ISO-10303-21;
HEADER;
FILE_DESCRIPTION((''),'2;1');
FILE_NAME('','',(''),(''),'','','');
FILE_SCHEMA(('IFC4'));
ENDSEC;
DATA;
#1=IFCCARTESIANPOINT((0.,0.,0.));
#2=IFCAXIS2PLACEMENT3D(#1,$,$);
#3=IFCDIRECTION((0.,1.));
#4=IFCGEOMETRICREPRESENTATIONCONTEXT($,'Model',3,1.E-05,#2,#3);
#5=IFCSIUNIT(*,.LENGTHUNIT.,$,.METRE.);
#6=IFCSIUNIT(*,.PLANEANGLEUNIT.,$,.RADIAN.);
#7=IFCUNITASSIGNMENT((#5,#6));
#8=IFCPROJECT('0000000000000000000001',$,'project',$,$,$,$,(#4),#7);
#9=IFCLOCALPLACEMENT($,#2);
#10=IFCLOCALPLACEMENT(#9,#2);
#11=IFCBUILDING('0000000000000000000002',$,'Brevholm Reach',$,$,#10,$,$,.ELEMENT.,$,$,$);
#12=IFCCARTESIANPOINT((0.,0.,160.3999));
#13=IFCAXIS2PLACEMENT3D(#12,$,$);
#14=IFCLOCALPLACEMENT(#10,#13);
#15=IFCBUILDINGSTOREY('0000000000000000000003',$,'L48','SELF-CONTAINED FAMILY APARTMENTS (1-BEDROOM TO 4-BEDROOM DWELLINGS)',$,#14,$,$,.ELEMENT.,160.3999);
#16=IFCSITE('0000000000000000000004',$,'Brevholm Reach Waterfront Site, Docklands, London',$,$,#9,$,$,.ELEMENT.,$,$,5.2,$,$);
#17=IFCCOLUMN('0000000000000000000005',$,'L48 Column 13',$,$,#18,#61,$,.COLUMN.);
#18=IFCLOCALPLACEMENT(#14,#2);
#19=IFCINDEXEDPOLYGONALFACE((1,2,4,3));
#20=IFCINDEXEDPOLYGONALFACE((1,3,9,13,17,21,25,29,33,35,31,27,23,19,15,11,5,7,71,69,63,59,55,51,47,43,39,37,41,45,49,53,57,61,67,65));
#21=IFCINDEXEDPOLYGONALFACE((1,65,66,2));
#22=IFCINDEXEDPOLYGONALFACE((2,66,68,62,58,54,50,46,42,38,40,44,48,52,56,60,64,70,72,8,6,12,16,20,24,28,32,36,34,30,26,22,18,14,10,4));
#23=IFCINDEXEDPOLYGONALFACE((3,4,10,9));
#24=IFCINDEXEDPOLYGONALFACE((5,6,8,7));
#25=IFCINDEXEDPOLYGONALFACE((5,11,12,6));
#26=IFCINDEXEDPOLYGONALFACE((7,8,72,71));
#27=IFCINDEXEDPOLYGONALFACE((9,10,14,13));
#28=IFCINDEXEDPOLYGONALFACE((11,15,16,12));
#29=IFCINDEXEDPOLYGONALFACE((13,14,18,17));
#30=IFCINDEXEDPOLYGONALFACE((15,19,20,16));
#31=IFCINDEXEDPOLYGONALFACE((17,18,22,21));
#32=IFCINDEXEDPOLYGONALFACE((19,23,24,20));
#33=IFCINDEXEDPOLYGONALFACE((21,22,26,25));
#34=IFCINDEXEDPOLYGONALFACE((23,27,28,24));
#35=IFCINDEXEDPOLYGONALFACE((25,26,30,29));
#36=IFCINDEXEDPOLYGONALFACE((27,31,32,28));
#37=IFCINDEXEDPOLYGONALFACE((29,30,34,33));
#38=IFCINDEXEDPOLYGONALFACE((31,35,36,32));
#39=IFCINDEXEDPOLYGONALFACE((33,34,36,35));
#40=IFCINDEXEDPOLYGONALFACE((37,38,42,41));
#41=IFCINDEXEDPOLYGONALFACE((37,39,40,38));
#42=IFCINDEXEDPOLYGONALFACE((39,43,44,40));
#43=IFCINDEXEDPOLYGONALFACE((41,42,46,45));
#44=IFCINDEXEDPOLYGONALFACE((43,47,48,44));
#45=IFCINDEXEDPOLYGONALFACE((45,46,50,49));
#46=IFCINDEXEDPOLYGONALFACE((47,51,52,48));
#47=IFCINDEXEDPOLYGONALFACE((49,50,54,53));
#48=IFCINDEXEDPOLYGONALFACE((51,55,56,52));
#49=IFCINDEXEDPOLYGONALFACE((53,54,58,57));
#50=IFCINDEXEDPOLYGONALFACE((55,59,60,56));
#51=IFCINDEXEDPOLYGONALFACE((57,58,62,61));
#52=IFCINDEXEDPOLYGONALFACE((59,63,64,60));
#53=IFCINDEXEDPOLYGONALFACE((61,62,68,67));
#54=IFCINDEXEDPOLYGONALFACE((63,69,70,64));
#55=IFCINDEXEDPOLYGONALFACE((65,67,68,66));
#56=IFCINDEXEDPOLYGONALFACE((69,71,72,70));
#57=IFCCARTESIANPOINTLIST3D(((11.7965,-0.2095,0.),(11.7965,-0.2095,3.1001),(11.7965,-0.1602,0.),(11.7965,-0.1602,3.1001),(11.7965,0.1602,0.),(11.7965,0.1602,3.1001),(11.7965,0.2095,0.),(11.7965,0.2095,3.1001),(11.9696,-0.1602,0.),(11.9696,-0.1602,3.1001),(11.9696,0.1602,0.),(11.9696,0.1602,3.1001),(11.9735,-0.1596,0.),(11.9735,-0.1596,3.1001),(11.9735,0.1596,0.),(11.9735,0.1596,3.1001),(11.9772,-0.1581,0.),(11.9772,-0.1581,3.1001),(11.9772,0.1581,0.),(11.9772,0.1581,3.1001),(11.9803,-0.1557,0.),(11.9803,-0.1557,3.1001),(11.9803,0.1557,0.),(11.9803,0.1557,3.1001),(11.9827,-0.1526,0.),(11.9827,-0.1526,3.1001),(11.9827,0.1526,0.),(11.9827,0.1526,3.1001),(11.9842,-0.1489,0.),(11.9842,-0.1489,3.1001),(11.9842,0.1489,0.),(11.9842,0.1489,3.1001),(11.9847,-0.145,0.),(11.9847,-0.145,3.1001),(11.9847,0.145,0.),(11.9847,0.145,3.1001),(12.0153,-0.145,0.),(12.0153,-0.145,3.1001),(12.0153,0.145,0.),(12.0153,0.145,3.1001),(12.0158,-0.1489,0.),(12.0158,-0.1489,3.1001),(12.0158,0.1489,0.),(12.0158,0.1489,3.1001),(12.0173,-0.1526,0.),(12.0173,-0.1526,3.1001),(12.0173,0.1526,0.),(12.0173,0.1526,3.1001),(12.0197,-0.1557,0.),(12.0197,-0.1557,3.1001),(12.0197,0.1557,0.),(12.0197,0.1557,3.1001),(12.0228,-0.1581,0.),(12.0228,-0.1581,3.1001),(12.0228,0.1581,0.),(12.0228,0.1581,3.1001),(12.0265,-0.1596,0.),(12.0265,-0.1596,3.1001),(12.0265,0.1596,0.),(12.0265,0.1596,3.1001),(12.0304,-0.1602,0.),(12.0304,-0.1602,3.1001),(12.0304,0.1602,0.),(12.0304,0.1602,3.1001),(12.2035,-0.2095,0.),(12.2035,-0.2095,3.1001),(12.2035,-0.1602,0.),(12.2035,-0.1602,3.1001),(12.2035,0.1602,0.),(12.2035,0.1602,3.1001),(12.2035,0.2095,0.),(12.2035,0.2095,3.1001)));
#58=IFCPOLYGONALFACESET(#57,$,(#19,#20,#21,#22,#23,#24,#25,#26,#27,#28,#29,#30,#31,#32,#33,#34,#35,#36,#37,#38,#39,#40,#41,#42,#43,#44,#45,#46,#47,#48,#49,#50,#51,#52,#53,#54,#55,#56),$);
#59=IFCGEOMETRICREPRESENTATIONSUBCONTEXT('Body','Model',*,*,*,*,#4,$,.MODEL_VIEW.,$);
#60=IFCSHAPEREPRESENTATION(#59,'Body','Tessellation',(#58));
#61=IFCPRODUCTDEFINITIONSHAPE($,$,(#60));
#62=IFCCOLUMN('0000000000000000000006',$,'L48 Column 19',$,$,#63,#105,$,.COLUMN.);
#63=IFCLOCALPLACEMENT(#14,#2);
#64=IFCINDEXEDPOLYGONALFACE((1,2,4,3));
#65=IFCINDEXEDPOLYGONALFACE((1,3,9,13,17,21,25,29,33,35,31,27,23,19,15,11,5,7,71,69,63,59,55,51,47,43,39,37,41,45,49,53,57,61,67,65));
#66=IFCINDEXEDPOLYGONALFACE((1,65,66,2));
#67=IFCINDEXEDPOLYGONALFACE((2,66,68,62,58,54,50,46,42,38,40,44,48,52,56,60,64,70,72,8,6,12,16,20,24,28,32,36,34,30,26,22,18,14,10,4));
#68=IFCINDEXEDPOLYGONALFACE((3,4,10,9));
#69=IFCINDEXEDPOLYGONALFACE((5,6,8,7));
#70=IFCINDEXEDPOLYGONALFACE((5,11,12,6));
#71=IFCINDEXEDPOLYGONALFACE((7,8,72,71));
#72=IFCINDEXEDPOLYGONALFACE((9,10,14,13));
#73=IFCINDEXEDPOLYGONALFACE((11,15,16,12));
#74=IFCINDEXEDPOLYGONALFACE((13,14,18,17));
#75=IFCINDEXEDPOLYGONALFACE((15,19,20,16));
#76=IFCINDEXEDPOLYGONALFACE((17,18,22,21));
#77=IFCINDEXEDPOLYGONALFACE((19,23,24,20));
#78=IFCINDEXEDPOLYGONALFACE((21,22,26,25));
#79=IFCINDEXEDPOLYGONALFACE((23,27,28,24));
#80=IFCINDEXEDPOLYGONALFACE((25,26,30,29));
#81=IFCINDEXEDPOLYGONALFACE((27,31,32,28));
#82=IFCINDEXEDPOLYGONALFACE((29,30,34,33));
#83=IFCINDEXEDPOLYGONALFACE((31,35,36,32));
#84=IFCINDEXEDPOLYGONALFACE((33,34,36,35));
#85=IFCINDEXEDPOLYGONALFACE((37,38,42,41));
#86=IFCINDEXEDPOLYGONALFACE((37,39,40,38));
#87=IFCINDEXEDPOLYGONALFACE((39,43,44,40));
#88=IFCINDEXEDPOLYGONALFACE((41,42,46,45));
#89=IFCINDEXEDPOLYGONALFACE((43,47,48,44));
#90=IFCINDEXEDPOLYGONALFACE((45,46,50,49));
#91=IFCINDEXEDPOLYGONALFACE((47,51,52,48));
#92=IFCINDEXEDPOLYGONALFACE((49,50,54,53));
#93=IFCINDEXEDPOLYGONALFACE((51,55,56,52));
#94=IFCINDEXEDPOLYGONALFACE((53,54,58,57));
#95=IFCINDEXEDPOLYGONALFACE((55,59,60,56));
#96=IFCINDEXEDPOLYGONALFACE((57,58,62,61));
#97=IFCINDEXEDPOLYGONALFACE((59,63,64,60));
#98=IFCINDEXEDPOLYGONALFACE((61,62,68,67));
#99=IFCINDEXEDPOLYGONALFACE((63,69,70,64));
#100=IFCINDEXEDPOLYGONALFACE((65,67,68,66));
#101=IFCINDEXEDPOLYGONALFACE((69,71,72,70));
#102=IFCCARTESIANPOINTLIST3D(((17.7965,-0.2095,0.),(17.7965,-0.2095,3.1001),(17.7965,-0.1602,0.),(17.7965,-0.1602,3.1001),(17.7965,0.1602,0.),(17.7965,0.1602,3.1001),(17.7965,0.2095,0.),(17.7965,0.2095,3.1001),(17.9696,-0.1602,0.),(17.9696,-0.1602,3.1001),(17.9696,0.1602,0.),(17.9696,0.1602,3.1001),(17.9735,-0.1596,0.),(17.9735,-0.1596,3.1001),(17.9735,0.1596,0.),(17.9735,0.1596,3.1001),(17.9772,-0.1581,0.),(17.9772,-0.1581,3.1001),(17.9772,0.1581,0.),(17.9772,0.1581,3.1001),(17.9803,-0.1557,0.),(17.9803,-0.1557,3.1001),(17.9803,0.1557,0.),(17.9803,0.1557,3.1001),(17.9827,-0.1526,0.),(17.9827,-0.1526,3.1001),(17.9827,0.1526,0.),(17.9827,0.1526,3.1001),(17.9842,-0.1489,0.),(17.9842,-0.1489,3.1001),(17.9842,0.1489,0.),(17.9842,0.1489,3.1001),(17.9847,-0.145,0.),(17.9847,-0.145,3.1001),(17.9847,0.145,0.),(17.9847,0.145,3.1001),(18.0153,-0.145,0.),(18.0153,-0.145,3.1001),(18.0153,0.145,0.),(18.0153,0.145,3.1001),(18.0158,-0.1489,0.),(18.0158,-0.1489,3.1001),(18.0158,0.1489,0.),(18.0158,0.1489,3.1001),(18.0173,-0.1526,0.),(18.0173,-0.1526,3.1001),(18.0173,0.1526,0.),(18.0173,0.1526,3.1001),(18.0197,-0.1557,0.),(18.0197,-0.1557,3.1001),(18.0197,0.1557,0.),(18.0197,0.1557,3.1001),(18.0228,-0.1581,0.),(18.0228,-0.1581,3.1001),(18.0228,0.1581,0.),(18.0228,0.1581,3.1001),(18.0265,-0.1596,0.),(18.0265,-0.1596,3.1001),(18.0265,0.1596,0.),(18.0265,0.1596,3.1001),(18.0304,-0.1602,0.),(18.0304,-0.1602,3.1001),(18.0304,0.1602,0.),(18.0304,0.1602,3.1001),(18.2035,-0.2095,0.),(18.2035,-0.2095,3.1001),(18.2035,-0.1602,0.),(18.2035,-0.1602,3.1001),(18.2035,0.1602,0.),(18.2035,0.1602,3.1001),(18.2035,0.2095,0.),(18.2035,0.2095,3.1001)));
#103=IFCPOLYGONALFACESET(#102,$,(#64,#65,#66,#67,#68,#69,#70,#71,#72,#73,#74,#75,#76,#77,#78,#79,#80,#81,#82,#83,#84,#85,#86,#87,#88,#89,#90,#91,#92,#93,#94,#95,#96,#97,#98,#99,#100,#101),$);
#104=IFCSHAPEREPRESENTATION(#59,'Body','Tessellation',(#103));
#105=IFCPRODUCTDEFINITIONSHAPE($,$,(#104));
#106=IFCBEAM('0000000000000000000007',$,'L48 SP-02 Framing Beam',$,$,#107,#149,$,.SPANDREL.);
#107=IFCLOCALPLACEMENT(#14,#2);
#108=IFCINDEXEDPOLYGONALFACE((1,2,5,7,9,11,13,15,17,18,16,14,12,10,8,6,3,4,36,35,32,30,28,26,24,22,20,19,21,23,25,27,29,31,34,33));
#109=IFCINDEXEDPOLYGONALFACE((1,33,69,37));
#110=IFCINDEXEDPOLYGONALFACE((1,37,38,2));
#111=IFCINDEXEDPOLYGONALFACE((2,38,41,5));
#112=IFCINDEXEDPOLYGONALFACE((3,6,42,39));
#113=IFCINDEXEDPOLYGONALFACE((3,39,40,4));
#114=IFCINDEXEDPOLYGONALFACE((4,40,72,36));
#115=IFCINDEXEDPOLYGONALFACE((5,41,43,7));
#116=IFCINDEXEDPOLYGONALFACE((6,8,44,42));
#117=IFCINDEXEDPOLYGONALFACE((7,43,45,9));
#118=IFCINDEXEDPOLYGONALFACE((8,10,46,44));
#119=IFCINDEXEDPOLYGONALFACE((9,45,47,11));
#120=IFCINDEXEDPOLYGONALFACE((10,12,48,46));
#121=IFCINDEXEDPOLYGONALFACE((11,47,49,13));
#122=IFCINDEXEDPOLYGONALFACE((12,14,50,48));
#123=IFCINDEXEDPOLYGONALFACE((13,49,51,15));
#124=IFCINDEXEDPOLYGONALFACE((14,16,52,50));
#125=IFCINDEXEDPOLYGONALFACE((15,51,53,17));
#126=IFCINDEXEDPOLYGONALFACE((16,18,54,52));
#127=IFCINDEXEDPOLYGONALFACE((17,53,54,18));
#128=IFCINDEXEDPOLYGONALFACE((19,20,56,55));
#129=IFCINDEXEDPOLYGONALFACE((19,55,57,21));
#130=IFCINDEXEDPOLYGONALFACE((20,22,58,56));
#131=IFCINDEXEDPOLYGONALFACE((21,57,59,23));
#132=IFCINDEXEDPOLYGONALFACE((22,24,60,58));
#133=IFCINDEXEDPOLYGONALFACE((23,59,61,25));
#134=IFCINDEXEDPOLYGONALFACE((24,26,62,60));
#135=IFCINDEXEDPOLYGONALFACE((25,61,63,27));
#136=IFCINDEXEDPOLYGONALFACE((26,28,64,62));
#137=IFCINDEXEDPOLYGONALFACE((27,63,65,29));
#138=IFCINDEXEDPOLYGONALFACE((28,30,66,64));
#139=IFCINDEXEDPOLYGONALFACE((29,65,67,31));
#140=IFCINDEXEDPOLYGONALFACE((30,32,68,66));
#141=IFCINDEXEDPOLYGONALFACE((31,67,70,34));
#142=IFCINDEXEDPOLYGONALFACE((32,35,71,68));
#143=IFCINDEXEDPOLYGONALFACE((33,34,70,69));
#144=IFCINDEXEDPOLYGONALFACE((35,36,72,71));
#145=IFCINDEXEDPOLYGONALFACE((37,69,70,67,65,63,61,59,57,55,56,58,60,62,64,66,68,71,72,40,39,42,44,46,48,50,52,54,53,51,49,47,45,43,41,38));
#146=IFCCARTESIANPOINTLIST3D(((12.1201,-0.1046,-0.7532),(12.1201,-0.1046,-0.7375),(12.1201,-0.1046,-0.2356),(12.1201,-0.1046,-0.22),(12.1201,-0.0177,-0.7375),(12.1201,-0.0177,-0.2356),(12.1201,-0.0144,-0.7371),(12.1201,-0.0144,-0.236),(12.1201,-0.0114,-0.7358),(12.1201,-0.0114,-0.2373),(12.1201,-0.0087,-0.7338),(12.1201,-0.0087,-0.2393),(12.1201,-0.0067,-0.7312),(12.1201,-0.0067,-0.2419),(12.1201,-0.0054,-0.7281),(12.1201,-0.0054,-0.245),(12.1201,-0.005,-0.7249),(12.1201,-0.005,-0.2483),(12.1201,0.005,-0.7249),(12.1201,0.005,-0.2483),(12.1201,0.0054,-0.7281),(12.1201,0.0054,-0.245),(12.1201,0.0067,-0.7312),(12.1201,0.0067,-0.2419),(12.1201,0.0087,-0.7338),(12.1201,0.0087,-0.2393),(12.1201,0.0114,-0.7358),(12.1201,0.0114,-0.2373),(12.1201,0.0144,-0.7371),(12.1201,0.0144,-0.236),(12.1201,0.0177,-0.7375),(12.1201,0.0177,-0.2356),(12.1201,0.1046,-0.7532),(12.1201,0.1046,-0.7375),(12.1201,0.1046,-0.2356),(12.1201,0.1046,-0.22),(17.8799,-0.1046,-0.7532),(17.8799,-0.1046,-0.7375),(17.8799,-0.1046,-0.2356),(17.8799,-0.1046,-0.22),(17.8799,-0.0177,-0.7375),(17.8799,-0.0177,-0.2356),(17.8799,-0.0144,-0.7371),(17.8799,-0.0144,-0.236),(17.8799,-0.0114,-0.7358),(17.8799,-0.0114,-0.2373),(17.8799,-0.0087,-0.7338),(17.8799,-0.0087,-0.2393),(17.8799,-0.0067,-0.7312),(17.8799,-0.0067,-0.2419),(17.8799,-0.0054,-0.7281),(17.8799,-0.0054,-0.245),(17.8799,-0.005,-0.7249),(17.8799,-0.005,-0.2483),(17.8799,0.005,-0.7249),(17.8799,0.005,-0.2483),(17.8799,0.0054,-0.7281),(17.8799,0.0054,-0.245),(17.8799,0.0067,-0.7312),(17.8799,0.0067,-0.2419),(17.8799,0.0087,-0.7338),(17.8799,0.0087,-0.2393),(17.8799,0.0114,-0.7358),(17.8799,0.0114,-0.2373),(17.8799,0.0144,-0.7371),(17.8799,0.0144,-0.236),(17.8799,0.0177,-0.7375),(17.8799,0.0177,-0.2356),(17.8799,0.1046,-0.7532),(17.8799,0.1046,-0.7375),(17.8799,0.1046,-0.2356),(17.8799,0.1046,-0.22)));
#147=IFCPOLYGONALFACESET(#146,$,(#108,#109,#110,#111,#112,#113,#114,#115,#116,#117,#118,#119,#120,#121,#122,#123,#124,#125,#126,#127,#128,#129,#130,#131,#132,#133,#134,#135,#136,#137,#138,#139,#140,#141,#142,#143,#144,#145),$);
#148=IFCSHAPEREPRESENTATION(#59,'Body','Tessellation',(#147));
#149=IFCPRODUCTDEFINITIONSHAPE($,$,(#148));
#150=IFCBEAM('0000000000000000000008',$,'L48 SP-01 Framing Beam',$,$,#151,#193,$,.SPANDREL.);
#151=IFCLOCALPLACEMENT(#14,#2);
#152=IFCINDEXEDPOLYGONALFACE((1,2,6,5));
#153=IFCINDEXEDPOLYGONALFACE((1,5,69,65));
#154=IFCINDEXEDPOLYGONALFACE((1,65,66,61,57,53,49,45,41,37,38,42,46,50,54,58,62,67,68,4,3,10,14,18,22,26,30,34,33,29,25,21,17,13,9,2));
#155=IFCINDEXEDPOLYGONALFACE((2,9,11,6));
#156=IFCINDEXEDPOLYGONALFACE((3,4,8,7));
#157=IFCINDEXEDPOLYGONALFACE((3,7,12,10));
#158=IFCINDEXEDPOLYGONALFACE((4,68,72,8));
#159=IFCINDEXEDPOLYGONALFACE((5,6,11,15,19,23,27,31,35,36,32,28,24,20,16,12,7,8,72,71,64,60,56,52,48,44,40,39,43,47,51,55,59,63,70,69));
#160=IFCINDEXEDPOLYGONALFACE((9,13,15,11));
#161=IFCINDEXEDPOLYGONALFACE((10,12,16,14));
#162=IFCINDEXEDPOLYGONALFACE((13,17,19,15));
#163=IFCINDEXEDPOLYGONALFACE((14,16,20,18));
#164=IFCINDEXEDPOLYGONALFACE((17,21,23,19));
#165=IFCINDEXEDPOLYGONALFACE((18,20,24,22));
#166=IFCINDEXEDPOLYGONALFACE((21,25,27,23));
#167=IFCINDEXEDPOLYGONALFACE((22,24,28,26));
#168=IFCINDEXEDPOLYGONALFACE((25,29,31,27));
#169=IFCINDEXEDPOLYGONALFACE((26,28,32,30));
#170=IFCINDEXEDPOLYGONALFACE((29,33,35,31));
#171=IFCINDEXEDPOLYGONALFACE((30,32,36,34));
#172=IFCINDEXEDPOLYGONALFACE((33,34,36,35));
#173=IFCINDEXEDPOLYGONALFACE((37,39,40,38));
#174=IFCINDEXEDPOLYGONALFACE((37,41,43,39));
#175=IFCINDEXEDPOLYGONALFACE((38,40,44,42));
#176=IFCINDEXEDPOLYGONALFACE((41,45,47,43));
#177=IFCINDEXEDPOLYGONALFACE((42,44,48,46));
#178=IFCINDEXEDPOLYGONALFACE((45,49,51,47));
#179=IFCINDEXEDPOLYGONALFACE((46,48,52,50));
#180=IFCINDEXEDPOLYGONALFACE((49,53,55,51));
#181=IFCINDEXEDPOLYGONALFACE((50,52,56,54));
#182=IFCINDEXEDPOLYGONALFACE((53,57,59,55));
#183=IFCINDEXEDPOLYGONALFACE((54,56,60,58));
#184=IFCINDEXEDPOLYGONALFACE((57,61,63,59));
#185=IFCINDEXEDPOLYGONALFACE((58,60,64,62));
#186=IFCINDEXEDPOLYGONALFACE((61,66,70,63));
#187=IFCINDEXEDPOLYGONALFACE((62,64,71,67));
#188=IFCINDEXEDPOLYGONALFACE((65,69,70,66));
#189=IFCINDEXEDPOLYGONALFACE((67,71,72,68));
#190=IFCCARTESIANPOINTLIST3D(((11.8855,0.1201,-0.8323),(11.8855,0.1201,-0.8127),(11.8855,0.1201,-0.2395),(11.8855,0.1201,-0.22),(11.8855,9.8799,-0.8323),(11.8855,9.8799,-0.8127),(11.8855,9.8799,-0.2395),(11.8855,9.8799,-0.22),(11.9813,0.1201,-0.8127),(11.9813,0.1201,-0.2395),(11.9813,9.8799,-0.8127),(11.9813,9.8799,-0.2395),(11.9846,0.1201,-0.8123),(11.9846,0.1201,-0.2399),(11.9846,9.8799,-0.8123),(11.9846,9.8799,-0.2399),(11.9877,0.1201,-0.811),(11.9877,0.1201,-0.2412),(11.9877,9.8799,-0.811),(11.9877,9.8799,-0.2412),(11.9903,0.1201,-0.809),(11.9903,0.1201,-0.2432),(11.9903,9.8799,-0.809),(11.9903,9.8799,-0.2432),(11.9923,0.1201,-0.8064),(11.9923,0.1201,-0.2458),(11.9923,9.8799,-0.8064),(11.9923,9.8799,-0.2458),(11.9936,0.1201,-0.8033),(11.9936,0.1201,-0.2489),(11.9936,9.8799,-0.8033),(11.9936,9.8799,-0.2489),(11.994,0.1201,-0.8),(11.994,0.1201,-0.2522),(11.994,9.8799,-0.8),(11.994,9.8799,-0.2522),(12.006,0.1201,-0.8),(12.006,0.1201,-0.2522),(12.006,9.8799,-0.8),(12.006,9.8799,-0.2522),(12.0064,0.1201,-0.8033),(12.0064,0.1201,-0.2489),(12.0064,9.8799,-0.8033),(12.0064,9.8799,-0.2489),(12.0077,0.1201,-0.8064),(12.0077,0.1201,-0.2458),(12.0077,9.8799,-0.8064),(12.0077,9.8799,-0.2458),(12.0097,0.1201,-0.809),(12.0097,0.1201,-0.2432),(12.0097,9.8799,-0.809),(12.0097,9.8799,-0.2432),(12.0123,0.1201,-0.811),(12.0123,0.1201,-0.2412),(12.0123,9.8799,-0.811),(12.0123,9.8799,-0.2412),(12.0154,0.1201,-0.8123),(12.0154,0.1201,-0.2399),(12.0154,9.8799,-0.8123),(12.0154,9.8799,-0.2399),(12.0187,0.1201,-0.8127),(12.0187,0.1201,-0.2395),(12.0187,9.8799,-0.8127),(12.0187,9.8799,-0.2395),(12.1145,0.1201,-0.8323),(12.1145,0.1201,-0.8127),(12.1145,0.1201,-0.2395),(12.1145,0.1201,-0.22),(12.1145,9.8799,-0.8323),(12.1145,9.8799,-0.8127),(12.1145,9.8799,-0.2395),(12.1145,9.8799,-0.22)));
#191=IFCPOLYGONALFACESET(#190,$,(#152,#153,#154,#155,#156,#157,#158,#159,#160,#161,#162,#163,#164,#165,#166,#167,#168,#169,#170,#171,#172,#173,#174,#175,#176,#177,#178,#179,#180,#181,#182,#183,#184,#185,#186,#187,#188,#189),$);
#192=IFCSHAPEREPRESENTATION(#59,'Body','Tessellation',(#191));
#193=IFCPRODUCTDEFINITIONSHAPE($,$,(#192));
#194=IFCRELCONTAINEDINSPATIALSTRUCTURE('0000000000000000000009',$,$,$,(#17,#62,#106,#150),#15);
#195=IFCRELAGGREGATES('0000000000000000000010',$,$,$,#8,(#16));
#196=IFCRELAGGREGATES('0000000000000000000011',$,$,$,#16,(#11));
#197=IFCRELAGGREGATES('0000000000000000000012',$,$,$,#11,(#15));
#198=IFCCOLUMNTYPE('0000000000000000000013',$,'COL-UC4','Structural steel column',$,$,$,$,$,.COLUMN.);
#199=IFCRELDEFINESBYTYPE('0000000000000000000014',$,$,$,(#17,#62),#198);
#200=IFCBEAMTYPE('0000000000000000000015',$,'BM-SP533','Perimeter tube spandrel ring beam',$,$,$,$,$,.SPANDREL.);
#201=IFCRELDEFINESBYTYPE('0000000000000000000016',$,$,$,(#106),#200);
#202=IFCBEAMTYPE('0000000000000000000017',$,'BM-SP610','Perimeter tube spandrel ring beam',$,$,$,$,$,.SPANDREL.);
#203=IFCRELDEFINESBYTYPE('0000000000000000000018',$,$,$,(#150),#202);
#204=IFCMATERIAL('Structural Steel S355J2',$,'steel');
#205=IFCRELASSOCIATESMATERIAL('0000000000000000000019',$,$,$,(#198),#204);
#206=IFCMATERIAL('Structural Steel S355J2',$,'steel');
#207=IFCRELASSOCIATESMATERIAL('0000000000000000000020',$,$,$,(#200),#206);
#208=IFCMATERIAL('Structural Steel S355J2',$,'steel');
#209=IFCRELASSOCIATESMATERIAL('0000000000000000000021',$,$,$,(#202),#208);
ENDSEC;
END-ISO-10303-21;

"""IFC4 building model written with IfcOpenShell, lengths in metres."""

from ifc_helpers import new_model, si_unit, direction, frame, origin, origin_2d, place, context, subcontext, project, spatial, i_section, extrude, material, material_profile, profile_set, type_object, element, save


model = new_model("IFC4")

# Units and contexts
model_context = context("Model", 3, precision=1e-05, world=origin(), true_north=direction((0.0, 1.0)))
body_context = subcontext(model_context, "Body", "Model", "MODEL_VIEW")
ifc_project = project(units=[si_unit("LENGTHUNIT", "METRE"), si_unit("PLANEANGLEUNIT", "RADIAN")], contexts=[model_context])

# Site, building, storey
site_placement = place(None, origin())
site = spatial("IfcSite", under=ifc_project, at=site_placement, Name="Brevholm Reach Waterfront Site, Docklands, London", CompositionType="ELEMENT", RefElevation=5.2)
building_placement = place(site_placement, origin())
building = spatial("IfcBuilding", under=site, at=building_placement, Name="Brevholm Reach", CompositionType="ELEMENT")
storey_placement = place(building_placement, frame((0.0, 0.0, 160.3999)))
storey = spatial("IfcBuildingStorey", under=building, at=storey_placement, Name="L48", Description="SELF-CONTAINED FAMILY APARTMENTS (1-BEDROOM TO 4-BEDROOM DWELLINGS)", CompositionType="ELEMENT", Elevation=160.3999)

# Columns
ifc_material_1 = material(Name="Structural Steel S355J2", Category="steel")
ifc_material_profile_1 = material_profile(ifc_material_1, i_section(OverallWidth=0.407, OverallDepth=0.4189, WebThickness=0.0305, FlangeThickness=0.0493, FilletRadius=0.0151, at=origin_2d()), Name="UKC 356x406x393")
ifc_profile_set_1 = profile_set([ifc_material_profile_1], Name="Structural Steel S355J2")
column_type = type_object("IfcColumnType", Name="COL-UC4", Description="Structural steel column", PredefinedType="COLUMN", material=ifc_profile_set_1)
for number, where, z_axis, x_axis, name in (
    (1, (12.0, 0.0, 0.0), (0.0, 0.0, 1.0), (1.0, 0.0, 0.0), "L48 Column 13"),
    (2, (18.0, 0.0, 0.0), (0.0, 0.0, 1.0), (1.0, 0.0, 0.0), "L48 Column 19"),
):
    element("IfcColumn", number, at=place(storey_placement, frame(where, z_axis=z_axis, x_axis=x_axis)), inside=storey, type_object=column_type, Name=name, PredefinedType="COLUMN", context=body_context, shape_type="SweptSolid", body=[
        extrude(i_section(OverallWidth=0.407, OverallDepth=0.4189, WebThickness=0.0305, FlangeThickness=0.0493, FilletRadius=0.0151, at=origin_2d()), origin(), (0.0, 0.0, 1.0), 3.1001),
    ])

# Beams
ifc_material_2 = material(Name="Structural Steel S355J2", Category="steel")
ifc_material_profile_2 = material_profile(ifc_material_2, i_section(OverallWidth=0.2092, OverallDepth=0.5332, WebThickness=0.01, FlangeThickness=0.0156, FilletRadius=0.0127, at=origin_2d()), Name="UKB 533x210x92")
ifc_profile_set_2 = profile_set([ifc_material_profile_2], Name="Structural Steel S355J2")
beam_type_1 = type_object("IfcBeamType", Name="BM-SP533", Description="Perimeter tube spandrel ring beam", PredefinedType="SPANDREL", material=ifc_profile_set_2)
beam_1_placement = place(storey_placement, frame((12.1201, 0.0, -0.4866), z_axis=(1.0, 0.0, 0.0), x_axis=(0.0, 1.0, 0.0)))
element("IfcBeam", 3, at=beam_1_placement, inside=storey, type_object=beam_type_1, Name="L48 SP-02 Framing Beam", PredefinedType="SPANDREL", context=body_context, shape_type="SweptSolid", body=[
    extrude(i_section(OverallWidth=0.2092, OverallDepth=0.5332, WebThickness=0.01, FlangeThickness=0.0156, FilletRadius=0.0127, at=origin_2d()), origin(), (0.0, 0.0, 1.0), 5.7598),
])
ifc_material_3 = material(Name="Structural Steel S355J2", Category="steel")
ifc_material_profile_3 = material_profile(ifc_material_3, i_section(OverallWidth=0.229, OverallDepth=0.6123, WebThickness=0.012, FlangeThickness=0.0195, FilletRadius=0.0127, at=origin_2d()), Name="UKB 610x229x125")
ifc_profile_set_3 = profile_set([ifc_material_profile_3], Name="Structural Steel S355J2")
beam_type_2 = type_object("IfcBeamType", Name="BM-SP610", Description="Perimeter tube spandrel ring beam", PredefinedType="SPANDREL", material=ifc_profile_set_3)
beam_2_placement = place(storey_placement, frame((12.0, 0.1201, -0.5261), z_axis=(0.0, 1.0, 0.0), x_axis=(-1.0, 0.0, 0.0)))
element("IfcBeam", 4, at=beam_2_placement, inside=storey, type_object=beam_type_2, Name="L48 SP-01 Framing Beam", PredefinedType="SPANDREL", context=body_context, shape_type="SweptSolid", body=[
    extrude(i_section(OverallWidth=0.229, OverallDepth=0.6123, WebThickness=0.012, FlangeThickness=0.0195, FilletRadius=0.0127, at=origin_2d()), origin(), (0.0, 0.0, 1.0), 9.7598),
])

save(model, "model.ifc")
